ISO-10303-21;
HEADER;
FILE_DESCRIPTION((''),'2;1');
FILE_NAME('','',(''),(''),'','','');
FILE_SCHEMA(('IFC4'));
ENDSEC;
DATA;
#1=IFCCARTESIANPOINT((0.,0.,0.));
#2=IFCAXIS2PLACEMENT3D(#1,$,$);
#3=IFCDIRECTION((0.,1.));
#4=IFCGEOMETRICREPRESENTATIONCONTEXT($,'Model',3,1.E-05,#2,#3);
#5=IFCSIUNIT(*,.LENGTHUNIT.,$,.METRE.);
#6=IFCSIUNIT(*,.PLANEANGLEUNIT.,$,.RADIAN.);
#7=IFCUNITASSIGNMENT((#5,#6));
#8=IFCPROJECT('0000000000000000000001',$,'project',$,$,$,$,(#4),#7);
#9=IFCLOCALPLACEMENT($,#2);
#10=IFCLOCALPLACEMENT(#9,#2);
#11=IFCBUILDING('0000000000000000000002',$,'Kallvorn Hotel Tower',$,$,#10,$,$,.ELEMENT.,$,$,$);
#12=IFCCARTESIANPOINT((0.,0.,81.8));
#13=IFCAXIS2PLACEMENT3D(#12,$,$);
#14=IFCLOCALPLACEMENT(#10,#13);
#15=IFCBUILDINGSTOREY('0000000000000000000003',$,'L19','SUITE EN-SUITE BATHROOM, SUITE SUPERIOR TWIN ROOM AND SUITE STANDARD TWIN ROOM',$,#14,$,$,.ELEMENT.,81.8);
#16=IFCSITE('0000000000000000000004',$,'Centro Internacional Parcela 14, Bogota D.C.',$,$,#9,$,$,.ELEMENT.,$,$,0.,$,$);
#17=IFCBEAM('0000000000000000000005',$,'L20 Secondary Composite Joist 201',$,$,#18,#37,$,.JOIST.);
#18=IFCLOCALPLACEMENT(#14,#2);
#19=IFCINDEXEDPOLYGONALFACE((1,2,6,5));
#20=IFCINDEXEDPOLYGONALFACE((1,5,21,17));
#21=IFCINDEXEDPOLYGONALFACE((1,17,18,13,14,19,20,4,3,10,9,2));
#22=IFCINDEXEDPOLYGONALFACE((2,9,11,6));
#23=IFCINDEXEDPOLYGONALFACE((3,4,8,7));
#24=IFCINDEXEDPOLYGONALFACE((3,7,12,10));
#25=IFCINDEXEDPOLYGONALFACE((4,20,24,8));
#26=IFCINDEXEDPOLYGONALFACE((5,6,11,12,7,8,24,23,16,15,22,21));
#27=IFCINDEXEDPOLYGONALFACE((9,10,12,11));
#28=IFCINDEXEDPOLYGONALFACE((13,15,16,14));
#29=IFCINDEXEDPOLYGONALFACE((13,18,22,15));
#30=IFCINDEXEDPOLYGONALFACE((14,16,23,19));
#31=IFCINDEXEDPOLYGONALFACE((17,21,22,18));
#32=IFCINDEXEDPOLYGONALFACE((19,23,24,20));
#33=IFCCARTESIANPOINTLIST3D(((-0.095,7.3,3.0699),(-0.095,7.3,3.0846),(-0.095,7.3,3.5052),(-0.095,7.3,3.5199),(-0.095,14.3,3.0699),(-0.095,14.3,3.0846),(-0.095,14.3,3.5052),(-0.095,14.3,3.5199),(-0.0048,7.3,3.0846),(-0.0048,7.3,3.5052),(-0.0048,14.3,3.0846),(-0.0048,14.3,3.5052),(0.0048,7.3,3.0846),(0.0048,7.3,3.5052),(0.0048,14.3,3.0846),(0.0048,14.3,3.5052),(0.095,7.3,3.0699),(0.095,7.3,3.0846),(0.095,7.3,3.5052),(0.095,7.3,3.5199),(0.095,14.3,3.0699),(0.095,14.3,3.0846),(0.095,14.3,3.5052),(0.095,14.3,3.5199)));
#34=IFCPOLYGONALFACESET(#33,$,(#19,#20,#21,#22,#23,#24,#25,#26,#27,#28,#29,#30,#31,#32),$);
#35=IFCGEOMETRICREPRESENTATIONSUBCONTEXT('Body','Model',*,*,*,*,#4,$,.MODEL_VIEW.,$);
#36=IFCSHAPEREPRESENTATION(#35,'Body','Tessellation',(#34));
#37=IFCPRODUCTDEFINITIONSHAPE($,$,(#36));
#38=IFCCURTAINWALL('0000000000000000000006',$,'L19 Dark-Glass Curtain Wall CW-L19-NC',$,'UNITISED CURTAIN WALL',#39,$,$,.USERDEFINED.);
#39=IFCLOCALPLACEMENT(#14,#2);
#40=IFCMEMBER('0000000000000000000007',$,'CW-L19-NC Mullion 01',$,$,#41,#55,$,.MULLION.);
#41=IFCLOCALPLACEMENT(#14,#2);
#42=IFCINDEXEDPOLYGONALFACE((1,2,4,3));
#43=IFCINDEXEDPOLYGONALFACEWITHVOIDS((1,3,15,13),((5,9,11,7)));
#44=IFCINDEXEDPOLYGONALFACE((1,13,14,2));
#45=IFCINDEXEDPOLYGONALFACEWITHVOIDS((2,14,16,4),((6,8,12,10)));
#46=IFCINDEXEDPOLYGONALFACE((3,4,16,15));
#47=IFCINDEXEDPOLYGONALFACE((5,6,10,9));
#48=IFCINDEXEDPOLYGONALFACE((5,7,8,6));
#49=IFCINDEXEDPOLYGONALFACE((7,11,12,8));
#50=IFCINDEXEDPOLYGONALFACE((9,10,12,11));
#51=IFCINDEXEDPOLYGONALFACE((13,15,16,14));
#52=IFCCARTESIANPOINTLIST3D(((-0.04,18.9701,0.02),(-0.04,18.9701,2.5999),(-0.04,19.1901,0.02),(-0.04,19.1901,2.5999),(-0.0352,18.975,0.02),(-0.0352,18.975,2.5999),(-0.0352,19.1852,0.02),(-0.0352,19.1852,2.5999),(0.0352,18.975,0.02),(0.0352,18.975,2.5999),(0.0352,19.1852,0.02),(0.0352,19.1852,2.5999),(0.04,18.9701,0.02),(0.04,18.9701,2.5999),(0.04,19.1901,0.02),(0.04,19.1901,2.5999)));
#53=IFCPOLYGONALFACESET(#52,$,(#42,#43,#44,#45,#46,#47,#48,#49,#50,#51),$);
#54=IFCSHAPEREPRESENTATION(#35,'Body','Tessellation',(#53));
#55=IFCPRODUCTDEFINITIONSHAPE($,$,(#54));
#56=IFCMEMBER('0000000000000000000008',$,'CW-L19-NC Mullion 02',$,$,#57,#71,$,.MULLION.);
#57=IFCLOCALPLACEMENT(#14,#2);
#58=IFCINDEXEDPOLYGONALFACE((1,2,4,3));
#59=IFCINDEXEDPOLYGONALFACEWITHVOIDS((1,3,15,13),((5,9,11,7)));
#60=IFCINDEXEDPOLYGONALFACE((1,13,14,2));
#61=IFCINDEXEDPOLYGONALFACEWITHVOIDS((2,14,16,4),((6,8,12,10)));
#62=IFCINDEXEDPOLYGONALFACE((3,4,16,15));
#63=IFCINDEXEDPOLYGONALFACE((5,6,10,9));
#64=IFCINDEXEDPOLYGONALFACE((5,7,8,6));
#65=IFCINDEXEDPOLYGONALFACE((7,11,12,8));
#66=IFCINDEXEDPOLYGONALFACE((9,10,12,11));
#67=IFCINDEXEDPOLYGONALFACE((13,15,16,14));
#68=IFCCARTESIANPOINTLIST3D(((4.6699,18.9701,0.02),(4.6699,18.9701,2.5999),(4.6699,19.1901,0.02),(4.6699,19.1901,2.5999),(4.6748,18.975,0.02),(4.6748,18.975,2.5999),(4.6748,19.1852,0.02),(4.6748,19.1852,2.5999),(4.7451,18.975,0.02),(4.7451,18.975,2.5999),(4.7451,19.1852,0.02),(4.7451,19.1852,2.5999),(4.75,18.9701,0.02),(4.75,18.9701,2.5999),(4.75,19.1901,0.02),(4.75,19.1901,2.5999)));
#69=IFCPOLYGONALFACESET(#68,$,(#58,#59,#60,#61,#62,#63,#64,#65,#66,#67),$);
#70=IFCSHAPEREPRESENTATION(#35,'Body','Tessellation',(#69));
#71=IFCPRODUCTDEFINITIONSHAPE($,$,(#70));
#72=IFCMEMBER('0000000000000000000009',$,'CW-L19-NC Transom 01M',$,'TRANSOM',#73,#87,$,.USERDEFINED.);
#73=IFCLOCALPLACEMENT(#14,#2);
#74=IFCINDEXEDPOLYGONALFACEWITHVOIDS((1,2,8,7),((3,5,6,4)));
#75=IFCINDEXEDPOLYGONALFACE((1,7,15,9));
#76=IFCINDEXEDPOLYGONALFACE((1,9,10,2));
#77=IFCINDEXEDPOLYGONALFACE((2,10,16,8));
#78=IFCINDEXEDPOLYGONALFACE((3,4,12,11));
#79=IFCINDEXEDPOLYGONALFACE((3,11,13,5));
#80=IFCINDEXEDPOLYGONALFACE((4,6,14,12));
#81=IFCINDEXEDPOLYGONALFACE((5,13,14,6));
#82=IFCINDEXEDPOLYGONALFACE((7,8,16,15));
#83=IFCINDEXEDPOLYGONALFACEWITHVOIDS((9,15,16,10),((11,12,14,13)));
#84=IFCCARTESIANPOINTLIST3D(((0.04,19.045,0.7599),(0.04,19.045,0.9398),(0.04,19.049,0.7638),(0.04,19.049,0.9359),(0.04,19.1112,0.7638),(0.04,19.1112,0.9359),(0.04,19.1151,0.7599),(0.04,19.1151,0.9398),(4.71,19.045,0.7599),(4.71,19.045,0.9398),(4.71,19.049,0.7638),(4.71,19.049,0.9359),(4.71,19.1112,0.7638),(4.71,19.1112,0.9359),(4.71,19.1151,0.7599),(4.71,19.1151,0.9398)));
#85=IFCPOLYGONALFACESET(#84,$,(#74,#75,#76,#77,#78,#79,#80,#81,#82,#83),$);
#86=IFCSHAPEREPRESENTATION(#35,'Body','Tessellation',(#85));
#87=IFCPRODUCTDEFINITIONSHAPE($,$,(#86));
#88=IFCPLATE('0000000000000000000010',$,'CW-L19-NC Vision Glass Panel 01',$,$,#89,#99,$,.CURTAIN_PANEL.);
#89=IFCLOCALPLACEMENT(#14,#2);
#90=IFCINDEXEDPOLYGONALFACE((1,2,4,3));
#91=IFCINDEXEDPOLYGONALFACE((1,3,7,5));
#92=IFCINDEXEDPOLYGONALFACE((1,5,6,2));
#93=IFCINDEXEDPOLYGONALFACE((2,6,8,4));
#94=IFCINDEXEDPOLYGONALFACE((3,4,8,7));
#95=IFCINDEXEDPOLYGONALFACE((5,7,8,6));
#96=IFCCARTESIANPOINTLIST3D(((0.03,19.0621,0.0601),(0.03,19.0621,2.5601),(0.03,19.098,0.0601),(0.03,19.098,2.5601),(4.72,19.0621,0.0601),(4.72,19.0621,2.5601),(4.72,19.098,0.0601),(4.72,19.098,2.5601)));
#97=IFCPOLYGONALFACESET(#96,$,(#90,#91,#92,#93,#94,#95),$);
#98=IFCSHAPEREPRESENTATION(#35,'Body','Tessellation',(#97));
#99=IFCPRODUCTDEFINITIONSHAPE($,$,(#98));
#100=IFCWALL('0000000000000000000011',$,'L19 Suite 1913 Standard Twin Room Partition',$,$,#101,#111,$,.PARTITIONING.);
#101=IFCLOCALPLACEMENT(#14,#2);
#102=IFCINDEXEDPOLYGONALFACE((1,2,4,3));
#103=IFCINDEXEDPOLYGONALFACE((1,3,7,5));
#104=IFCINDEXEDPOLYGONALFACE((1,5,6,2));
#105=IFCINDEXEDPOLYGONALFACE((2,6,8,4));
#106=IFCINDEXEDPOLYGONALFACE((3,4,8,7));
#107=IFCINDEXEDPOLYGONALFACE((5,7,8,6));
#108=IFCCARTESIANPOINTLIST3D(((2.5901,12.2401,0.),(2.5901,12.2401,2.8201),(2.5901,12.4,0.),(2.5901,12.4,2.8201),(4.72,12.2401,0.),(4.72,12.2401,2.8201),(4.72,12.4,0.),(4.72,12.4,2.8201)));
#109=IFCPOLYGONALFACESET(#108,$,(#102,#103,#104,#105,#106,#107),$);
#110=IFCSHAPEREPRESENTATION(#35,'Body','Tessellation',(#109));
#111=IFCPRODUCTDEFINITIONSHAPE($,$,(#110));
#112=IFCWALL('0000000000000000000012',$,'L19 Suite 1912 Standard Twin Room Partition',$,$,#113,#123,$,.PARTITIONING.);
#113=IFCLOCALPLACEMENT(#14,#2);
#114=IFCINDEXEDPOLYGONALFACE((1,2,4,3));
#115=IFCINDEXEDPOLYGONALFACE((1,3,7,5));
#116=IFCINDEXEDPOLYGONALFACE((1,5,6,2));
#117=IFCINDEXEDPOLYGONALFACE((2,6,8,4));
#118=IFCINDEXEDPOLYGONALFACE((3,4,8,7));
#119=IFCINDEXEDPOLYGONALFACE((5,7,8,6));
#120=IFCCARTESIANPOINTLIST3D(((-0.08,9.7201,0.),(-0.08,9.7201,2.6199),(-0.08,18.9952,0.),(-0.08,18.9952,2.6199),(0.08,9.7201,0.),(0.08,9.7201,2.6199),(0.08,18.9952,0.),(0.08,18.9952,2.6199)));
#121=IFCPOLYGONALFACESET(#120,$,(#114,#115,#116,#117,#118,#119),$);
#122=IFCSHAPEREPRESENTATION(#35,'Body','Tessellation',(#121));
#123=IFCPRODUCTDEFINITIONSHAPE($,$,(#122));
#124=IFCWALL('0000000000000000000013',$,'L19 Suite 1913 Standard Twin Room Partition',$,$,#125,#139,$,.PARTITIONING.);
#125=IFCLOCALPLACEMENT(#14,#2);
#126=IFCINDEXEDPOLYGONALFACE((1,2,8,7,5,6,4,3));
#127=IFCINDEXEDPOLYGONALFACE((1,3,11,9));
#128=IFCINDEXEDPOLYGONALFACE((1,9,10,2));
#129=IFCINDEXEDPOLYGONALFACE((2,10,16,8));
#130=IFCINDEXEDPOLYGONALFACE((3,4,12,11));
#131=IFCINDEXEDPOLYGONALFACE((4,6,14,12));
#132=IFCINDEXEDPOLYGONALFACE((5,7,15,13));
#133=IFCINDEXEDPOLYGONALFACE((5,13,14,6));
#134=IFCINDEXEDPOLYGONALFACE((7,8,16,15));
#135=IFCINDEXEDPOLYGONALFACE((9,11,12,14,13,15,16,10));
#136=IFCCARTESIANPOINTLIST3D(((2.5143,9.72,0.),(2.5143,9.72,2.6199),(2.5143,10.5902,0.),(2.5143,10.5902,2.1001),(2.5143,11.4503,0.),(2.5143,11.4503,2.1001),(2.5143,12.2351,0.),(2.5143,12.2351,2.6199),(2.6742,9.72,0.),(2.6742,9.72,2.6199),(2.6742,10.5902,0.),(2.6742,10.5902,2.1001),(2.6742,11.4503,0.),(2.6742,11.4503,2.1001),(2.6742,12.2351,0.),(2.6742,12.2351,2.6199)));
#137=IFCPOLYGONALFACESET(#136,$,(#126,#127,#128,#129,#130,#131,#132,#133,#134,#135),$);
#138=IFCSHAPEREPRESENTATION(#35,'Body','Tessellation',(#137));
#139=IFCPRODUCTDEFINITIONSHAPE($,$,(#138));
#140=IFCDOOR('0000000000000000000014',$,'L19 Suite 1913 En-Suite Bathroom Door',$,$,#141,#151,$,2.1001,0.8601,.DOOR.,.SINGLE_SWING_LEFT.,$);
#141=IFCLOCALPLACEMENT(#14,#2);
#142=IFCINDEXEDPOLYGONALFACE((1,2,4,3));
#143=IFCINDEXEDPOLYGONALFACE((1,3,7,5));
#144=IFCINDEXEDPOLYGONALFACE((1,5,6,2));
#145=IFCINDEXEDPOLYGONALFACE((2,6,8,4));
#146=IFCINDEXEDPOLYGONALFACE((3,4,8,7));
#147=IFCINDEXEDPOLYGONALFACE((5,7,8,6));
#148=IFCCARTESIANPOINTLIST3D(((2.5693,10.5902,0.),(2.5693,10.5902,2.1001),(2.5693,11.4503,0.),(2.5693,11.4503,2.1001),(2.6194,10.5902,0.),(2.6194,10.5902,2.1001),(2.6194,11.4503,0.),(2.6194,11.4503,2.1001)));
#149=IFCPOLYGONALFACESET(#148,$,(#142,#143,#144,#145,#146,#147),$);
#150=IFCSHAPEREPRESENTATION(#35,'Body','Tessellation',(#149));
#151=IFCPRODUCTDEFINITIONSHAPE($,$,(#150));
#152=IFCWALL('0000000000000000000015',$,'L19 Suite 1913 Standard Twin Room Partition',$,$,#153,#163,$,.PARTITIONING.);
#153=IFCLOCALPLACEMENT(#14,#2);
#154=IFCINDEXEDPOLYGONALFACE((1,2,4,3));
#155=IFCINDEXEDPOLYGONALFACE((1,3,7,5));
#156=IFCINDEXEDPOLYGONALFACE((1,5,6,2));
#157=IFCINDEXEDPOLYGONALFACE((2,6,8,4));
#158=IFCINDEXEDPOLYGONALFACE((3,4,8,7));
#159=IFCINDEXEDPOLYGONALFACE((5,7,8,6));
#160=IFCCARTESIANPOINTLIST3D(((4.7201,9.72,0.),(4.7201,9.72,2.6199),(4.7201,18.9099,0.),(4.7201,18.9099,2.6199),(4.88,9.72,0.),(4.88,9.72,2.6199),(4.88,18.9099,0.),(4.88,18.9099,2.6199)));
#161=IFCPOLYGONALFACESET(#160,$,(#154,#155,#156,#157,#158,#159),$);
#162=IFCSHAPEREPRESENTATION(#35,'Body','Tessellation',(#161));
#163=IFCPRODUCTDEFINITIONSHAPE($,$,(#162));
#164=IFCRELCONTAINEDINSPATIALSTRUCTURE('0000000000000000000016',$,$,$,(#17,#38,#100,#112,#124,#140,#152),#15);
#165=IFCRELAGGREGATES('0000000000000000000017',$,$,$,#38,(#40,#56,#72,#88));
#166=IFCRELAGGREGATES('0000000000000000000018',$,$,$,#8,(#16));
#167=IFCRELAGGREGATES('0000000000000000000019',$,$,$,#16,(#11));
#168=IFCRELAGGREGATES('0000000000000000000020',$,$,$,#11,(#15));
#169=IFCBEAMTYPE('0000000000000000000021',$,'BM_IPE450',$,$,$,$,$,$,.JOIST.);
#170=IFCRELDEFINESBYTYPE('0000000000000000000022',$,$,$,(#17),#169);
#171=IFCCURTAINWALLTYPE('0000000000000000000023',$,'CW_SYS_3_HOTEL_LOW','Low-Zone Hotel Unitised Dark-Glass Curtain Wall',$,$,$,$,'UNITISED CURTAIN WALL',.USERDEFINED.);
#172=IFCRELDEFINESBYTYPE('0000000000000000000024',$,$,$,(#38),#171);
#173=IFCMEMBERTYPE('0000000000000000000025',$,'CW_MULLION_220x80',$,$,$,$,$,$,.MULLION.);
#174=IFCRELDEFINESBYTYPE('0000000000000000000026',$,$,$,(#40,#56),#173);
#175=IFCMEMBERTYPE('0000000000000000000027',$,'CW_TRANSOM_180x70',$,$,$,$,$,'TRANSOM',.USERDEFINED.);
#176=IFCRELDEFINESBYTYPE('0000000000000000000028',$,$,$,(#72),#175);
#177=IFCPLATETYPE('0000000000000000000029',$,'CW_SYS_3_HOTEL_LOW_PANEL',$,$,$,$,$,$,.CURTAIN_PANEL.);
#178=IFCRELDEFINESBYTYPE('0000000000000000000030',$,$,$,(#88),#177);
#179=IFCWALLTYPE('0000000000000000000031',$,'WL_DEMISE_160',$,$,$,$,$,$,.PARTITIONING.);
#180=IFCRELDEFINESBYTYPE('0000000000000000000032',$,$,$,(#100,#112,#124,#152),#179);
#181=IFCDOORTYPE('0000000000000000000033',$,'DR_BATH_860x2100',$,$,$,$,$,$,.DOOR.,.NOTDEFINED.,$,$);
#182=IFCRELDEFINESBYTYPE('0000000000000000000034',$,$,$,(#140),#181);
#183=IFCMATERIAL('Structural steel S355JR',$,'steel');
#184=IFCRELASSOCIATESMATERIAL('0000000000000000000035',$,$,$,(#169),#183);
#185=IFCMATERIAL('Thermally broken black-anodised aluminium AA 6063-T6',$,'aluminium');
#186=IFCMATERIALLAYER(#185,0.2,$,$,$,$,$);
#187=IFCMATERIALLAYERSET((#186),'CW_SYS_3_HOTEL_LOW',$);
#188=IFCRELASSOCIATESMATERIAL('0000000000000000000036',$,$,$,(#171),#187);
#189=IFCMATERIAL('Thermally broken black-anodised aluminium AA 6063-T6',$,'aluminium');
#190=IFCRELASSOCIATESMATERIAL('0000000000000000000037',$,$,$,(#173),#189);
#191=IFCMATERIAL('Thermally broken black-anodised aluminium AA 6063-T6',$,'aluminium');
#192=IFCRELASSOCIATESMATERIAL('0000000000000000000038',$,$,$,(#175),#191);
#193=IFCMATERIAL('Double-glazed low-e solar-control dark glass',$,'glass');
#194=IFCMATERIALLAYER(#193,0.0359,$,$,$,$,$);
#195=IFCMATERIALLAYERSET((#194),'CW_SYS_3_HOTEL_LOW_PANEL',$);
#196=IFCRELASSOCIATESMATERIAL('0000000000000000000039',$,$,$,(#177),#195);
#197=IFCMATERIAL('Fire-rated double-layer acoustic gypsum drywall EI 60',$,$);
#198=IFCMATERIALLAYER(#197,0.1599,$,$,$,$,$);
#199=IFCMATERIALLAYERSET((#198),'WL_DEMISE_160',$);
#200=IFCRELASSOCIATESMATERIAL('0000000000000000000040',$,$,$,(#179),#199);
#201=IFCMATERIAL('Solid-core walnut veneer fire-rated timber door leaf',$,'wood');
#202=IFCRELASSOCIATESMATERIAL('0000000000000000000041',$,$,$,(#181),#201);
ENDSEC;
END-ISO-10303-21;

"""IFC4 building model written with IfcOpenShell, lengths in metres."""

from ifc_helpers import new_model, si_unit, direction, frame, frame_2d, origin, origin_2d, place, context, subcontext, project, spatial, rectangle, hollow_rectangle, i_section, extrude, material, layer, layer_set, material_profile, profile_set, type_object, element, fill, aggregate, save


model = new_model("IFC4")

# Units and contexts
model_context = context("Model", 3, precision=1e-05, world=origin(), true_north=direction((0.0, 1.0)))
body_context = subcontext(model_context, "Body", "Model", "MODEL_VIEW")
ifc_project = project(units=[si_unit("LENGTHUNIT", "METRE"), si_unit("PLANEANGLEUNIT", "RADIAN")], contexts=[model_context])

# Site, building, storey
site_placement = place(None, origin())
site = spatial("IfcSite", under=ifc_project, at=site_placement, Name="Centro Internacional Parcela 14, Bogota D.C.", CompositionType="ELEMENT", RefElevation=0.0)
building_placement = place(site_placement, origin())
building = spatial("IfcBuilding", under=site, at=building_placement, Name="Kallvorn Hotel Tower", CompositionType="ELEMENT")
storey_placement = place(building_placement, frame((0.0, 0.0, 81.8)))
storey = spatial("IfcBuildingStorey", under=building, at=storey_placement, Name="L19", Description="SUITE EN-SUITE BATHROOM, SUITE SUPERIOR TWIN ROOM AND SUITE STANDARD TWIN ROOM", CompositionType="ELEMENT", Elevation=81.8)

# Beam
ifc_material_1 = material(Name="Structural steel S355JR", Category="steel")
ifc_material_profile_1 = material_profile(ifc_material_1, i_section(OverallWidth=0.1899, OverallDepth=0.45, WebThickness=0.0095, FlangeThickness=0.0146, at=origin_2d()), Name="IPE 450")
ifc_profile_set_1 = profile_set([ifc_material_profile_1], Name="Structural steel S355JR")
beam_type_1 = type_object("IfcBeamType", Name="BM_IPE450", PredefinedType="JOIST", material=ifc_profile_set_1)
beam_1_placement = place(storey_placement, frame((0.0, 7.3, 3.2949), z_axis=(0.0, 1.0, 0.0), x_axis=(-1.0, 0.0, 0.0)))
element("IfcBeam", 1, at=beam_1_placement, inside=storey, type_object=beam_type_1, Name="L20 Secondary Composite Joist 201", PredefinedType="JOIST", context=body_context, shape_type="SweptSolid", body=[
    extrude(i_section(OverallWidth=0.1899, OverallDepth=0.45, WebThickness=0.0095, FlangeThickness=0.0146, at=origin_2d()), origin(), (0.0, 0.0, 1.0), 7.0),
])

# Curtain wall, members, plate
ifc_material_2 = material(Name="Thermally broken black-anodised aluminium AA 6063-T6", Category="aluminium")
ifc_layer_1 = layer(ifc_material_2, 0.2)
ifc_layer_set_1 = layer_set([ifc_layer_1], Name="CW_SYS_3_HOTEL_LOW")
curtain_wall_type = type_object("IfcCurtainWallType", Name="CW_SYS_3_HOTEL_LOW", Description="Low-Zone Hotel Unitised Dark-Glass Curtain Wall", ElementType="UNITISED CURTAIN WALL", PredefinedType="USERDEFINED", material=ifc_layer_set_1)
curtain_wall_placement = place(storey_placement, origin())
curtain_wall = element("IfcCurtainWall", 2, at=curtain_wall_placement, inside=storey, type_object=curtain_wall_type, Name="L19 Dark-Glass Curtain Wall CW-L19-NC", ObjectType="UNITISED CURTAIN WALL", PredefinedType="USERDEFINED")
ifc_material_3 = material(Name="Thermally broken black-anodised aluminium AA 6063-T6", Category="aluminium")
ifc_material_profile_2 = material_profile(ifc_material_3, hollow_rectangle(XDim=0.0801, YDim=0.22, WallThickness=0.0049, at=origin_2d()), Name="MUL 220x80")
ifc_profile_set_2 = profile_set([ifc_material_profile_2], Name="Thermally broken black-anodised aluminium AA 6063-T6")
member_type_1 = type_object("IfcMemberType", Name="CW_MULLION_220x80", PredefinedType="MULLION", material=ifc_profile_set_2)
member_1_placement = place(storey_placement, frame((0.0, 19.0801, 0.02), z_axis=(0.0, 0.0, 1.0), x_axis=(1.0, 0.0, 0.0)))
member_1 = element("IfcMember", 3, at=member_1_placement, type_object=member_type_1, Name="CW-L19-NC Mullion 01", PredefinedType="MULLION", context=body_context, shape_type="SweptSolid", body=[
    extrude(hollow_rectangle(XDim=0.0801, YDim=0.22, WallThickness=0.0049, at=origin_2d()), origin(), (0.0, 0.0, 1.0), 2.5798),
])
member_2_placement = place(storey_placement, frame((4.71, 19.0801, 0.02), z_axis=(0.0, 0.0, 1.0), x_axis=(1.0, 0.0, 0.0)))
member_2 = element("IfcMember", 4, at=member_2_placement, type_object=member_type_1, Name="CW-L19-NC Mullion 02", PredefinedType="MULLION", context=body_context, shape_type="SweptSolid", body=[
    extrude(hollow_rectangle(XDim=0.0801, YDim=0.22, WallThickness=0.0049, at=origin_2d()), origin(), (0.0, 0.0, 1.0), 2.5798),
])
ifc_material_4 = material(Name="Thermally broken black-anodised aluminium AA 6063-T6", Category="aluminium")
ifc_material_profile_3 = material_profile(ifc_material_4, hollow_rectangle(XDim=0.0701, YDim=0.1799, WallThickness=0.0039, at=origin_2d()), Name="TRN 180x70")
ifc_profile_set_3 = profile_set([ifc_material_profile_3], Name="Thermally broken black-anodised aluminium AA 6063-T6")
member_type_2 = type_object("IfcMemberType", Name="CW_TRANSOM_180x70", ElementType="TRANSOM", PredefinedType="USERDEFINED", material=ifc_profile_set_3)
member_3_placement = place(storey_placement, frame((0.04, 19.0801, 0.8499), z_axis=(1.0, 0.0, 0.0), x_axis=(0.0, 1.0, 0.0)))
member_3 = element("IfcMember", 5, at=member_3_placement, type_object=member_type_2, Name="CW-L19-NC Transom 01M", ObjectType="TRANSOM", PredefinedType="USERDEFINED", context=body_context, shape_type="SweptSolid", body=[
    extrude(hollow_rectangle(XDim=0.0701, YDim=0.1799, WallThickness=0.0039, at=origin_2d()), origin(), (0.0, 0.0, 1.0), 4.6699),
])
ifc_material_5 = material(Name="Double-glazed low-e solar-control dark glass", Category="glass")
ifc_layer_2 = layer(ifc_material_5, 0.0359)
ifc_layer_set_2 = layer_set([ifc_layer_2], Name="CW_SYS_3_HOTEL_LOW_PANEL")
plate_type = type_object("IfcPlateType", Name="CW_SYS_3_HOTEL_LOW_PANEL", PredefinedType="CURTAIN_PANEL", material=ifc_layer_set_2)
plate_placement = place(storey_placement, frame((2.375, 19.0801, 0.0601), z_axis=(0.0, 0.0, 1.0), x_axis=(1.0, 0.0, 0.0)))
plate = element("IfcPlate", 6, at=plate_placement, type_object=plate_type, Name="CW-L19-NC Vision Glass Panel 01", PredefinedType="CURTAIN_PANEL", context=body_context, shape_type="SweptSolid", body=[
    extrude(rectangle(XDim=4.6899, YDim=0.0359, at=origin_2d()), origin(), (0.0, 0.0, 1.0), 2.5),
])
aggregate(curtain_wall, [member_1, member_2, member_3, plate])

# Walls
ifc_material_6 = material(Name="Fire-rated double-layer acoustic gypsum drywall EI 60")
ifc_layer_3 = layer(ifc_material_6, 0.1599)
ifc_layer_set_3 = layer_set([ifc_layer_3], Name="WL_DEMISE_160")
wall_type_1 = type_object("IfcWallType", Name="WL_DEMISE_160", PredefinedType="PARTITIONING", material=ifc_layer_set_3)
wall_1_placement = place(storey_placement, frame((2.5901, 12.3201, 0.0), z_axis=(0.0, 0.0, 1.0), x_axis=(1.0, 0.0, 0.0)))
element("IfcWall", 7, at=wall_1_placement, inside=storey, type_object=wall_type_1, Name="L19 Suite 1913 Standard Twin Room Partition", PredefinedType="PARTITIONING", context=body_context, shape_type="SweptSolid", body=[
    extrude(rectangle(XDim=2.1299, YDim=0.1599, at=frame_2d((1.0649, 0.0))), origin(), (0.0, 0.0, 1.0), 2.8201),
])
wall_2_placement = place(storey_placement, frame((0.0, 9.72, 0.0), z_axis=(0.0, 0.0, 1.0), x_axis=(0.0, 1.0, 0.0)))
element("IfcWall", 8, at=wall_2_placement, inside=storey, type_object=wall_type_1, Name="L19 Suite 1912 Standard Twin Room Partition", PredefinedType="PARTITIONING", context=body_context, shape_type="SweptSolid", body=[
    extrude(rectangle(XDim=9.2751, YDim=0.1599, at=frame_2d((4.6377, 0.0))), origin(), (0.0, 0.0, 1.0), 2.6199),
])

# Wall, opening, door
wall_3_placement = place(storey_placement, frame((2.5942, 9.72, 0.0), z_axis=(0.0, 0.0, 1.0), x_axis=(0.0, 1.0, 0.0)))
wall_3 = element("IfcWall", 9, at=wall_3_placement, inside=storey, type_object=wall_type_1, Name="L19 Suite 1913 Standard Twin Room Partition", PredefinedType="PARTITIONING", context=body_context, shape_type="SweptSolid", body=[
    extrude(rectangle(XDim=2.5151, YDim=0.1599, at=frame_2d((1.2576, 0.0))), origin(), (0.0, 0.0, 1.0), 2.6199),
])
opening_1_placement = place(wall_3_placement, frame((0.8701, 0.0, 0.0)))
opening_1 = element("IfcOpeningElement", 10, at=opening_1_placement, cuts=wall_3, PredefinedType="OPENING", context=body_context, shape_type="SweptSolid", body=[
    extrude(rectangle(XDim=0.8601, YDim=2.1001, at=frame_2d((0.4302, 1.05))), frame((0.0, 0.095, 0.0), z_axis=(0.0, -1.0, 0.0), x_axis=(1.0, 0.0, 0.0)), (0.0, 0.0, 1.0), 0.1899),
])
ifc_material_7 = material(Name="Solid-core walnut veneer fire-rated timber door leaf", Category="wood")
door_type = type_object("IfcDoorType", Name="DR_BATH_860x2100", OperationType="NOTDEFINED", PredefinedType="DOOR", material=ifc_material_7)
door_placement = place(opening_1_placement, origin())
door = element("IfcDoor", 11, at=door_placement, inside=storey, type_object=door_type, Name="L19 Suite 1913 En-Suite Bathroom Door", OperationType="SINGLE_SWING_LEFT", OverallHeight=2.1001, OverallWidth=0.8601, PredefinedType="DOOR", context=body_context, shape_type="SweptSolid", body=[
    extrude(rectangle(XDim=0.8601, YDim=2.1001, at=frame_2d((0.4302, 1.05))), frame((0.0, 0.0249, 0.0), z_axis=(0.0, -1.0, 0.0), x_axis=(1.0, 0.0, 0.0)), (0.0, 0.0, 1.0), 0.05),
])
fill(opening_1, door)

# Wall
wall_4_placement = place(storey_placement, frame((4.8, 9.72, 0.0), z_axis=(0.0, 0.0, 1.0), x_axis=(0.0, 1.0, 0.0)))
element("IfcWall", 12, at=wall_4_placement, inside=storey, type_object=wall_type_1, Name="L19 Suite 1913 Standard Twin Room Partition", PredefinedType="PARTITIONING", context=body_context, shape_type="SweptSolid", body=[
    extrude(rectangle(XDim=9.1899, YDim=0.1599, at=frame_2d((4.595, 0.0))), origin(), (0.0, 0.0, 1.0), 2.6199),
])

save(model, "model.ifc")
